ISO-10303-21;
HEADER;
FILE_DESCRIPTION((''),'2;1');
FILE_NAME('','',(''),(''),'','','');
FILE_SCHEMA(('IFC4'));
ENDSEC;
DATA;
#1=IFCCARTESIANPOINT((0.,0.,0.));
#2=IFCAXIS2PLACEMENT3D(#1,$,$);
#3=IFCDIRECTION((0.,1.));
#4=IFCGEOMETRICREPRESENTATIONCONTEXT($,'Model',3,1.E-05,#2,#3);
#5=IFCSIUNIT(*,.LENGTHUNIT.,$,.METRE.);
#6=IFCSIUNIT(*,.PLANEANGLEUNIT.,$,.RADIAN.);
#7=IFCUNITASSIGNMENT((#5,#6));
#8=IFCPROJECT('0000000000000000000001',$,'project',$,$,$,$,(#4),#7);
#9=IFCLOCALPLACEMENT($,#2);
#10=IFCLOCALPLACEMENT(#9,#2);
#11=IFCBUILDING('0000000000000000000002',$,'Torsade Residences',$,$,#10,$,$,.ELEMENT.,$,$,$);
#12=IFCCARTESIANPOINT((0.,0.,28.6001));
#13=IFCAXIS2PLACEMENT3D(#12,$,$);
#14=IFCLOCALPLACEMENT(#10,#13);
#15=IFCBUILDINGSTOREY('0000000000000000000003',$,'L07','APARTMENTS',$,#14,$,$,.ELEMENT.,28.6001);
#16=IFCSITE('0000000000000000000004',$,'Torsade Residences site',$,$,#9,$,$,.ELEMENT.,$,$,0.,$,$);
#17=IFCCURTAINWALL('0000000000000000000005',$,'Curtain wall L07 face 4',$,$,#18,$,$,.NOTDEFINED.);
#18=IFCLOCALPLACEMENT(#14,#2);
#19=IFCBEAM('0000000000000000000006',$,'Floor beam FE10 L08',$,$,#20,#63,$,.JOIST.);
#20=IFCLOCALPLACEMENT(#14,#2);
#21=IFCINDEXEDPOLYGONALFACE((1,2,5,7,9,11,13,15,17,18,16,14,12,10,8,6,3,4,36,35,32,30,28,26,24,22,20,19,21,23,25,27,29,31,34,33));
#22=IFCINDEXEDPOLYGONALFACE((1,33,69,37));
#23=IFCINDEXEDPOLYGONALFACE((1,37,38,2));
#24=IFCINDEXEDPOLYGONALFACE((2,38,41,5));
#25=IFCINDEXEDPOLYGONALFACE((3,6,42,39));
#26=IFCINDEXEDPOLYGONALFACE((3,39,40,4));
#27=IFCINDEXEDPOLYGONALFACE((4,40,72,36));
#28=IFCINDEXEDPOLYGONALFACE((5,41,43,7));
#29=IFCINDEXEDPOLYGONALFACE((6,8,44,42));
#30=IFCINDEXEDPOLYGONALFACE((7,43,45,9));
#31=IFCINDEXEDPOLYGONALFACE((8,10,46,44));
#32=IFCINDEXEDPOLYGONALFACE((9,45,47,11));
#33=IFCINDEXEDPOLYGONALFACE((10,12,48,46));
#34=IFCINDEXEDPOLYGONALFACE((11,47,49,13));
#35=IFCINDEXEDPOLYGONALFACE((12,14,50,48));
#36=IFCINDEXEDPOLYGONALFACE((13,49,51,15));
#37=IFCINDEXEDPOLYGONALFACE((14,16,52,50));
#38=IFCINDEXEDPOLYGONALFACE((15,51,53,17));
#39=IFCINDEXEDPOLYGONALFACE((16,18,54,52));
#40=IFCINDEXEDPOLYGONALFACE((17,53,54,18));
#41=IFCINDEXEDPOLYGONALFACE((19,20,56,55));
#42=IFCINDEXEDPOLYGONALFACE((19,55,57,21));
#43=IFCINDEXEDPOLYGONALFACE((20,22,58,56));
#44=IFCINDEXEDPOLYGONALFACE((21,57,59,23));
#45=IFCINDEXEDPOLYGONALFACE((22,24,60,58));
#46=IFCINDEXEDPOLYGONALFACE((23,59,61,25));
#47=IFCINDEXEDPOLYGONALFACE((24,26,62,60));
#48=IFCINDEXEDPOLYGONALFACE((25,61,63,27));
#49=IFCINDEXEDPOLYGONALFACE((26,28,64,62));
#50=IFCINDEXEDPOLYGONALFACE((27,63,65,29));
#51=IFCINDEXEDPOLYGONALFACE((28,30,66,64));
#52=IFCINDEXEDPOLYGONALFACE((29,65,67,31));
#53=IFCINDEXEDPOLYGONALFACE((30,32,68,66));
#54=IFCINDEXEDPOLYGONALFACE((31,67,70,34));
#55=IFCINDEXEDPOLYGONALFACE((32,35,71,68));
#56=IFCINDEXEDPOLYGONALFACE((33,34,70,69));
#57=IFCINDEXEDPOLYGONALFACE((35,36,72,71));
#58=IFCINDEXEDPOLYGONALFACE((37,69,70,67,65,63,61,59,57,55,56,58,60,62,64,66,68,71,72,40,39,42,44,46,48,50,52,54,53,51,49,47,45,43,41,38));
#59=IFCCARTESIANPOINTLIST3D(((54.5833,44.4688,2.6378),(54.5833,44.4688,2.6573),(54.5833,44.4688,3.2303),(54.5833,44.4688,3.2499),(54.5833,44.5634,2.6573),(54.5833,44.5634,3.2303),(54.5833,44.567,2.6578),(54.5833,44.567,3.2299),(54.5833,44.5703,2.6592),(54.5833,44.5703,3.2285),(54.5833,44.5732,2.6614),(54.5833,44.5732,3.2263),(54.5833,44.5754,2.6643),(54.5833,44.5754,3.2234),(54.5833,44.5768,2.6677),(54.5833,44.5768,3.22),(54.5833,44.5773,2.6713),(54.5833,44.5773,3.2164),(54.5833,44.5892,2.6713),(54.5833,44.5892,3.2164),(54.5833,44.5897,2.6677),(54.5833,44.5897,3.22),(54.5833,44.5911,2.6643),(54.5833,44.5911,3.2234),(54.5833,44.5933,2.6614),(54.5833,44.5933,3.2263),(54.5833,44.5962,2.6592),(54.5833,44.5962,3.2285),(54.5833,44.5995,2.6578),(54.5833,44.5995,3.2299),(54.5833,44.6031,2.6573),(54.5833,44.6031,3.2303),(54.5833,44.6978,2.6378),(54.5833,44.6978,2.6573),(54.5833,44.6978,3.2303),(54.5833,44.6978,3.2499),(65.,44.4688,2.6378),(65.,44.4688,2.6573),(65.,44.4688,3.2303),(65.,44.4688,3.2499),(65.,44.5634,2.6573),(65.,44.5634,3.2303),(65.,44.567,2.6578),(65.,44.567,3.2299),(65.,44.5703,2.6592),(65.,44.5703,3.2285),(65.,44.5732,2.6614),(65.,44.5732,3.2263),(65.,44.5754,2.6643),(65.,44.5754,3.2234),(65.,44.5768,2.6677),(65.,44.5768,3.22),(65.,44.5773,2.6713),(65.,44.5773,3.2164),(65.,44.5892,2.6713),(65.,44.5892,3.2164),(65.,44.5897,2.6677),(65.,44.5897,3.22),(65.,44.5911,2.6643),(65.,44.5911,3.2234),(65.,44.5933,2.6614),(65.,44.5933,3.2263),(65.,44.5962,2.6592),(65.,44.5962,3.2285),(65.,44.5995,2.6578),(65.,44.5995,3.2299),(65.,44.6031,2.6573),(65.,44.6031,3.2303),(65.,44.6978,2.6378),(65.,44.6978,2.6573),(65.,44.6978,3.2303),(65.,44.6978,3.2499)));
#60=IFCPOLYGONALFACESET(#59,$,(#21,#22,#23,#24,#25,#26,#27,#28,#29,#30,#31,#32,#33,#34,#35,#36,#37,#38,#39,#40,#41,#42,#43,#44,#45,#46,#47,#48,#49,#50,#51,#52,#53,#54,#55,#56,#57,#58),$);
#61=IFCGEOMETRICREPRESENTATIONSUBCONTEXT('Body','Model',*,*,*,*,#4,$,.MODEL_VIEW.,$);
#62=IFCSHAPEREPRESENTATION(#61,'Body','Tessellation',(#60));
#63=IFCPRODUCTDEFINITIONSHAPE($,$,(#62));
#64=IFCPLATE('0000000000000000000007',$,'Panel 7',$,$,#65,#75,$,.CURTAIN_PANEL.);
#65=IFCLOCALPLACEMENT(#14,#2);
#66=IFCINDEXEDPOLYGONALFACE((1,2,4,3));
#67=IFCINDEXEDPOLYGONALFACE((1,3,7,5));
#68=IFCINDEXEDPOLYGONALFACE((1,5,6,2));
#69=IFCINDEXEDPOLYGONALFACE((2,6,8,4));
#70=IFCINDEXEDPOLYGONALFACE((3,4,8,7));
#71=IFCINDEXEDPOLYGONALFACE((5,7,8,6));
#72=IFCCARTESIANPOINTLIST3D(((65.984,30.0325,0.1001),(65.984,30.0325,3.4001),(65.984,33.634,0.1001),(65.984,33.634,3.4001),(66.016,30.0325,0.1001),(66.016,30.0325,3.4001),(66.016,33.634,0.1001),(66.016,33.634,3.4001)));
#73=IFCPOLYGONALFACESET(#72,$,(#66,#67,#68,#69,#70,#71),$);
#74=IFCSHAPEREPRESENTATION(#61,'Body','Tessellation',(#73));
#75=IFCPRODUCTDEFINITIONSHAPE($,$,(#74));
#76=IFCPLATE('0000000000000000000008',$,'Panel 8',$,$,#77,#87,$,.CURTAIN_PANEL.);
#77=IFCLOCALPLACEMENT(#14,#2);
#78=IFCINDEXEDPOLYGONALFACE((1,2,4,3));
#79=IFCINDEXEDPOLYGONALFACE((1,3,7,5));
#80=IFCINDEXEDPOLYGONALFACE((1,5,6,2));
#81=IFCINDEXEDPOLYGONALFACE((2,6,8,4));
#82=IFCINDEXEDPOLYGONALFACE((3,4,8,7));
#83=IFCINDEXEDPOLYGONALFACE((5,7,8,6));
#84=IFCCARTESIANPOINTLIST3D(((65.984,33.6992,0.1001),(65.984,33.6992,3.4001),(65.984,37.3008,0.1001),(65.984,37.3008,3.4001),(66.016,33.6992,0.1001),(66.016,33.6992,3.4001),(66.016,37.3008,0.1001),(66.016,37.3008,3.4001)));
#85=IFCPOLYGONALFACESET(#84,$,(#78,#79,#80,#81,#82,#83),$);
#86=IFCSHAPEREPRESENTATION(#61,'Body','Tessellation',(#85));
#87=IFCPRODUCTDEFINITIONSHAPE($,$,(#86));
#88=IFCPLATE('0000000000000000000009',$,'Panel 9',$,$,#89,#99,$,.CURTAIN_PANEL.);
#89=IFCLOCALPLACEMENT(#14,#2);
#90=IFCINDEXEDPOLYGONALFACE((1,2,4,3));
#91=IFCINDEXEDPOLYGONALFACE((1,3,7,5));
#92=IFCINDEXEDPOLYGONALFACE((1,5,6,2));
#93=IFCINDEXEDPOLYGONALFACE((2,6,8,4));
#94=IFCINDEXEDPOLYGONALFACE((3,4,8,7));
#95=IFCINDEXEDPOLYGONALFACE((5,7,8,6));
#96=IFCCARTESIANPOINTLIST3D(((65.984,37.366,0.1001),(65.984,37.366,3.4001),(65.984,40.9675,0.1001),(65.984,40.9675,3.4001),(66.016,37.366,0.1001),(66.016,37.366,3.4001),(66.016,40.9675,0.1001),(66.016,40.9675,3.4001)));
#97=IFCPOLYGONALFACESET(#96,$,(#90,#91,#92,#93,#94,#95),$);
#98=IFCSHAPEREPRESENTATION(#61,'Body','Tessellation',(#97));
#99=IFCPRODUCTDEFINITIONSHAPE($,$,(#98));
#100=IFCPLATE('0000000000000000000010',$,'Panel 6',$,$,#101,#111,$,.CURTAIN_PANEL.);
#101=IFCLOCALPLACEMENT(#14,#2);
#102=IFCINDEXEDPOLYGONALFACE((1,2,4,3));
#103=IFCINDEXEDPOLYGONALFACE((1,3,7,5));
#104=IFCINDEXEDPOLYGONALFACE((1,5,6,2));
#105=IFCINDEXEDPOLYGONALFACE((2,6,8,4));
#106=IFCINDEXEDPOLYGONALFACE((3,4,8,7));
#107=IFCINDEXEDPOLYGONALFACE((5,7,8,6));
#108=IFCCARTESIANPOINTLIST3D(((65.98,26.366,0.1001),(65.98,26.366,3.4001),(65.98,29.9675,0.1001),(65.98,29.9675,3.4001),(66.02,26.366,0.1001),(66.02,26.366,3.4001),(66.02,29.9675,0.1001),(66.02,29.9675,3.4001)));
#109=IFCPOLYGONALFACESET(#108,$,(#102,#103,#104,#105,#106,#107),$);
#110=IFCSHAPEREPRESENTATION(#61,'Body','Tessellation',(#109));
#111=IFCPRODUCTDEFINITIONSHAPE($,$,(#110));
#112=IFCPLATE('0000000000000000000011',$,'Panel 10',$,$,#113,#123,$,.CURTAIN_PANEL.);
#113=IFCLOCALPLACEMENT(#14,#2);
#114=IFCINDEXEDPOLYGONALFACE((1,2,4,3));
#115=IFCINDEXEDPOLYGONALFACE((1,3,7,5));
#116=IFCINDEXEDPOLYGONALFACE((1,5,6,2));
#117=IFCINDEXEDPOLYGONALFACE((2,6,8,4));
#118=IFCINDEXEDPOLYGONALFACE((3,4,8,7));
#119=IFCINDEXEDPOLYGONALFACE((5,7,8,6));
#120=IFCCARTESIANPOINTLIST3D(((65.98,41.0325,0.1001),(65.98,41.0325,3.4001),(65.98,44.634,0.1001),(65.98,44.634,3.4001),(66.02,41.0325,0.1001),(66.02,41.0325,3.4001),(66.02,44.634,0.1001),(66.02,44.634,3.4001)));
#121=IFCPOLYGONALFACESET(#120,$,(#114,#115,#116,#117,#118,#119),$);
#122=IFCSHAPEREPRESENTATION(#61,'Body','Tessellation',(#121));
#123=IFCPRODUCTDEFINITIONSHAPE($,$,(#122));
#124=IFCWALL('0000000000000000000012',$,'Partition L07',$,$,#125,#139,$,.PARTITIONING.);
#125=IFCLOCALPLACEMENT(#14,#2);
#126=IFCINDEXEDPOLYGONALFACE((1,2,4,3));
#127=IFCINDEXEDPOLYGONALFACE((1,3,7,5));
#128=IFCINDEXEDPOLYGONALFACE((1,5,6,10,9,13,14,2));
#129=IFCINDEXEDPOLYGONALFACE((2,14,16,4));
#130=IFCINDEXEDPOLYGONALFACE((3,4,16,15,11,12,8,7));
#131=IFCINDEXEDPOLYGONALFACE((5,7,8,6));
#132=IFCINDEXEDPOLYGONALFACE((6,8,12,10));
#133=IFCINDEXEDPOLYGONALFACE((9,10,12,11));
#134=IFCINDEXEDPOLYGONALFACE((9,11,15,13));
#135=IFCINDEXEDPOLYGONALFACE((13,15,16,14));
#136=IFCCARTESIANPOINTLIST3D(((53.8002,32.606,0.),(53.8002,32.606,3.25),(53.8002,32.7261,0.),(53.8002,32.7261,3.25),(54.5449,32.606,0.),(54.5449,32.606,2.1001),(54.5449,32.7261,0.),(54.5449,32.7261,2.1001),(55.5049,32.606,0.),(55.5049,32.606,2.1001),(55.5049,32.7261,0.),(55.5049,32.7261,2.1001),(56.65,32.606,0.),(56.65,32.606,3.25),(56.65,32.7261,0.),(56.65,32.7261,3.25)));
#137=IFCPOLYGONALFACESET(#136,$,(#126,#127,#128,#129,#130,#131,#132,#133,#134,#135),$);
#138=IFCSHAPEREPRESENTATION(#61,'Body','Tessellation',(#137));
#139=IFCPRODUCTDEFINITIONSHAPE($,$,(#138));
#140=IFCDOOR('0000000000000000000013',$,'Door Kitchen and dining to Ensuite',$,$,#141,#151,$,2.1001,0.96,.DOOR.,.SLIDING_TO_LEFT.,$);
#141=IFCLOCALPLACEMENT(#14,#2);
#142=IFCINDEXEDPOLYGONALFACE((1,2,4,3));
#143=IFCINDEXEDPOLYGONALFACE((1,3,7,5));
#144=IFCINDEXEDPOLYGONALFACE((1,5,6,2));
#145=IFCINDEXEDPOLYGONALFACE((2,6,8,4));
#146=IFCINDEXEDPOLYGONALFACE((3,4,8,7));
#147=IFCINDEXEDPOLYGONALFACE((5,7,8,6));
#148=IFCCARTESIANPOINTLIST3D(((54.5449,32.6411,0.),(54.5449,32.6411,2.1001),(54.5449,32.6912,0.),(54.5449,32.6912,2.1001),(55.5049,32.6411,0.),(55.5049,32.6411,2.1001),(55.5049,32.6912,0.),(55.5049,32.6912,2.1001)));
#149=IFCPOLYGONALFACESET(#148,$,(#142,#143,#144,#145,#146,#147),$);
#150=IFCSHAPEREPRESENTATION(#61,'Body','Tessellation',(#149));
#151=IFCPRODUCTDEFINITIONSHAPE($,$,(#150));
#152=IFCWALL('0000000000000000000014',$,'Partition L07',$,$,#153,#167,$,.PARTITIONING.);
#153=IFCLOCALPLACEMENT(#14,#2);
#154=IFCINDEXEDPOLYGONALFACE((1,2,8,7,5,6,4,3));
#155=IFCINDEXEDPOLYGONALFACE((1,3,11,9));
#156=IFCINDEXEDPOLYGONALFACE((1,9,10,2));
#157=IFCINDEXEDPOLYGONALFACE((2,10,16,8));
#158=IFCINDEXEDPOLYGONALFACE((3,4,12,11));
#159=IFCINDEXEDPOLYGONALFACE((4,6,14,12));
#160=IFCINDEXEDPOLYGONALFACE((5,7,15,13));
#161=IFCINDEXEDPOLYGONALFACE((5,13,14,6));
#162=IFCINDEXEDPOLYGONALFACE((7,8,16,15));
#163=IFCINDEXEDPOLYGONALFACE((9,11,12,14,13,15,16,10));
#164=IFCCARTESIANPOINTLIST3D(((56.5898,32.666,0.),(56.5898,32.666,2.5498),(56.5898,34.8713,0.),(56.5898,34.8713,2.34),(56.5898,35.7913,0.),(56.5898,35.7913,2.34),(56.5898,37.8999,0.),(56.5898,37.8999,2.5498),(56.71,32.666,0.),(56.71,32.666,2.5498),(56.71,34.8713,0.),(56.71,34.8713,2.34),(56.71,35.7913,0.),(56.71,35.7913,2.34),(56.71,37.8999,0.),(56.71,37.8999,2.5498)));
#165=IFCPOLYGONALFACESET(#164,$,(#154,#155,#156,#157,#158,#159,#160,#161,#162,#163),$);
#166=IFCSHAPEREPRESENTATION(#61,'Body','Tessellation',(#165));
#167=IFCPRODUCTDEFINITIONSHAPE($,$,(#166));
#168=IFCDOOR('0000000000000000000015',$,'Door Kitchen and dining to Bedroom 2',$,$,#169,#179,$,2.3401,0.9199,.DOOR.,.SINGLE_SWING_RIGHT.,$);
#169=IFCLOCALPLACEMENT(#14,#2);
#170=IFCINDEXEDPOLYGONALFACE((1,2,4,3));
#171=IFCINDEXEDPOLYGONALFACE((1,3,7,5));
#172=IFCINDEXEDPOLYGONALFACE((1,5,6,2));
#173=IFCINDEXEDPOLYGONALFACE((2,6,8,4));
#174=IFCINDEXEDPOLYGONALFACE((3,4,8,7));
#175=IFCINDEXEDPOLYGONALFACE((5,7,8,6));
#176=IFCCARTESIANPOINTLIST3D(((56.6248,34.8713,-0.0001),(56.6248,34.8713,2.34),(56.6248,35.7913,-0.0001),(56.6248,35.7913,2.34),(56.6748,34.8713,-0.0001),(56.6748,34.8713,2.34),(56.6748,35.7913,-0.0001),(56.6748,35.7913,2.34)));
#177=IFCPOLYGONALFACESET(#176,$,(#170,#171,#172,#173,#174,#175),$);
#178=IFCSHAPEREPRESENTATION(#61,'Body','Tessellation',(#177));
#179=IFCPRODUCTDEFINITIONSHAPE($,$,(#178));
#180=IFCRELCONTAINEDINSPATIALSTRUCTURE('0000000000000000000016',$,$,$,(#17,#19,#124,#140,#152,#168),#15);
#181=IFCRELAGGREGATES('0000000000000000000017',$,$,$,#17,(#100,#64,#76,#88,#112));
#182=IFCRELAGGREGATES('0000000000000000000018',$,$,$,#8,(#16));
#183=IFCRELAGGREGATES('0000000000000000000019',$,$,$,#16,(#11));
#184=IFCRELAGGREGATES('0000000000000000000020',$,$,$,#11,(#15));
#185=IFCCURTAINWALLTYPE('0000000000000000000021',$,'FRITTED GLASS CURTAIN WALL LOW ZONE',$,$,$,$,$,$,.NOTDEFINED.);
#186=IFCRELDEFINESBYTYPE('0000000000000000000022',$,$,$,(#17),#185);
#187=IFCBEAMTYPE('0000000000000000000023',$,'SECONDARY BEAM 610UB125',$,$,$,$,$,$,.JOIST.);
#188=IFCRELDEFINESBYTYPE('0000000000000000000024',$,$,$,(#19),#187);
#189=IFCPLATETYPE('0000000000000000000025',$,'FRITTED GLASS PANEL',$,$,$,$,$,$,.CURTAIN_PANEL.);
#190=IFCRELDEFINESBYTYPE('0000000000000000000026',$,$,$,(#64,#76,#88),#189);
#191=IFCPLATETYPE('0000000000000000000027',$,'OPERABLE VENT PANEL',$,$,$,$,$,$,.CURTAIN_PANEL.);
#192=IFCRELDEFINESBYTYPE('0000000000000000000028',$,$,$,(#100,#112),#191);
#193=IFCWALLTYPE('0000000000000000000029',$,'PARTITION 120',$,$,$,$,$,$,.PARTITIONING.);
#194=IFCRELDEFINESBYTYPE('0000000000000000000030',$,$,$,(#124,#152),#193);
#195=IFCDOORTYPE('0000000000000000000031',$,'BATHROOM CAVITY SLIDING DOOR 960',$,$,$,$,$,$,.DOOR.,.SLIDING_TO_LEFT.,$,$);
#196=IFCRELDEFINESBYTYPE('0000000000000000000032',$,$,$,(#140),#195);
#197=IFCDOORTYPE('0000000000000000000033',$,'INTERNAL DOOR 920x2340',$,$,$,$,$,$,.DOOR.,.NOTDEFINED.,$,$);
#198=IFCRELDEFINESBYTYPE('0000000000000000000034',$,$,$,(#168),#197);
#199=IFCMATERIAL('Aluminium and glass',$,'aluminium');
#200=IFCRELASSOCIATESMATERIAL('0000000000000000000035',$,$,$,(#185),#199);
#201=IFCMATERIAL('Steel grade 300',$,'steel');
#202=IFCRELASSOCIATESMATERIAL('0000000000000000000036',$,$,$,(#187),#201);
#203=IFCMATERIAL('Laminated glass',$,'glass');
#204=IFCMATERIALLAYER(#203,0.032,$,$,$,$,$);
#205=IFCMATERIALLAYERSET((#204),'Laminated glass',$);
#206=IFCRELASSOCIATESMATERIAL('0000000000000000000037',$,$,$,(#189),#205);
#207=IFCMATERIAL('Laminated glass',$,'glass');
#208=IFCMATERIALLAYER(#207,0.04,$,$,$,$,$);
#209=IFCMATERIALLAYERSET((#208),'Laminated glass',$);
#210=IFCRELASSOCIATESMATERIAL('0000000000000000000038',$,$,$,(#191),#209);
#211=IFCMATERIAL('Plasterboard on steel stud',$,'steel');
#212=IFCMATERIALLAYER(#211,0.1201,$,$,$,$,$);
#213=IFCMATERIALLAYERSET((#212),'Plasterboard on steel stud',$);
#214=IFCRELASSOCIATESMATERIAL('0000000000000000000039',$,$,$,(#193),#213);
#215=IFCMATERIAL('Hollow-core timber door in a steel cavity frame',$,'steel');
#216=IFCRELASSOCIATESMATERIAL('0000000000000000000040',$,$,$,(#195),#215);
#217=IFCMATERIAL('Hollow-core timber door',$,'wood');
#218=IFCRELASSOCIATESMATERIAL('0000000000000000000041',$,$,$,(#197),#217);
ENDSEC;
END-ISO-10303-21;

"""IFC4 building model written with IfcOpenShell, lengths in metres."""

from ifc_helpers import new_model, si_unit, direction, frame, frame_2d, origin, origin_2d, place, context, subcontext, project, spatial, rectangle, i_section, extrude, material, layer, layer_set, material_profile, profile_set, type_object, element, fill, aggregate, save


model = new_model("IFC4")

# Units and contexts
model_context = context("Model", 3, precision=1e-05, world=origin(), true_north=direction((0.0, 1.0)))
body_context = subcontext(model_context, "Body", "Model", "MODEL_VIEW")
ifc_project = project(units=[si_unit("LENGTHUNIT", "METRE"), si_unit("PLANEANGLEUNIT", "RADIAN")], contexts=[model_context])

# Site, building, storey
site_placement = place(None, origin())
site = spatial("IfcSite", under=ifc_project, at=site_placement, Name="Torsade Residences site", CompositionType="ELEMENT", RefElevation=0.0)
building_placement = place(site_placement, origin())
building = spatial("IfcBuilding", under=site, at=building_placement, Name="Torsade Residences", CompositionType="ELEMENT")
storey_placement = place(building_placement, frame((0.0, 0.0, 28.6001)))
storey = spatial("IfcBuildingStorey", under=building, at=storey_placement, Name="L07", Description="APARTMENTS", CompositionType="ELEMENT", Elevation=28.6001)

# Curtain wall
ifc_material_1 = material(Name="Aluminium and glass", Category="aluminium")
curtain_wall_type = type_object("IfcCurtainWallType", Name="FRITTED GLASS CURTAIN WALL LOW ZONE", PredefinedType="NOTDEFINED", material=ifc_material_1)
curtain_wall_placement = place(storey_placement, origin())
curtain_wall = element("IfcCurtainWall", 1, at=curtain_wall_placement, inside=storey, type_object=curtain_wall_type, Name="Curtain wall L07 face 4", PredefinedType="NOTDEFINED")

# Beam
ifc_material_2 = material(Name="Steel grade 300", Category="steel")
ifc_material_profile_1 = material_profile(ifc_material_2, i_section(OverallWidth=0.229, OverallDepth=0.6121, WebThickness=0.012, FlangeThickness=0.0195, FilletRadius=0.0139, at=origin_2d()), Name="610UB125")
ifc_profile_set_1 = profile_set([ifc_material_profile_1], Name="Steel grade 300")
beam_type_1 = type_object("IfcBeamType", Name="SECONDARY BEAM 610UB125", PredefinedType="JOIST", material=ifc_profile_set_1)
beam_1_placement = place(storey_placement, frame((65.0, 44.5833, 2.9438), z_axis=(-1.0, 0.0, 0.0), x_axis=(0.0, -1.0, 0.0)))
element("IfcBeam", 2, at=beam_1_placement, inside=storey, type_object=beam_type_1, Name="Floor beam FE10 L08", PredefinedType="JOIST", context=body_context, shape_type="SweptSolid", body=[
    extrude(i_section(OverallWidth=0.229, OverallDepth=0.6121, WebThickness=0.012, FlangeThickness=0.0195, FilletRadius=0.0139, at=origin_2d()), origin(), (0.0, 0.0, 1.0), 10.4167),
])

# Plates
ifc_material_3 = material(Name="Laminated glass", Category="glass")
ifc_layer_1 = layer(ifc_material_3, 0.032)
ifc_layer_set_1 = layer_set([ifc_layer_1], Name="Laminated glass")
plate_type_1 = type_object("IfcPlateType", Name="FRITTED GLASS PANEL", PredefinedType="CURTAIN_PANEL", material=ifc_layer_set_1)
plate_1_placement = place(storey_placement, frame((66.0, 31.8333, 0.1001), z_axis=(0.0, 0.0, 1.0), x_axis=(0.0, 1.0, 0.0)))
plate_1 = element("IfcPlate", 3, at=plate_1_placement, type_object=plate_type_1, Name="Panel 7", PredefinedType="CURTAIN_PANEL", context=body_context, shape_type="SweptSolid", body=[
    extrude(rectangle(XDim=3.6016, YDim=0.032, at=origin_2d()), origin(), (0.0, 0.0, 1.0), 3.3),
])
plate_2_placement = place(storey_placement, frame((66.0, 35.5, 0.1001), z_axis=(0.0, 0.0, 1.0), x_axis=(0.0, 1.0, 0.0)))
plate_2 = element("IfcPlate", 4, at=plate_2_placement, type_object=plate_type_1, Name="Panel 8", PredefinedType="CURTAIN_PANEL", context=body_context, shape_type="SweptSolid", body=[
    extrude(rectangle(XDim=3.6016, YDim=0.032, at=origin_2d()), origin(), (0.0, 0.0, 1.0), 3.3),
])
plate_3_placement = place(storey_placement, frame((66.0, 39.1667, 0.1001), z_axis=(0.0, 0.0, 1.0), x_axis=(0.0, 1.0, 0.0)))
plate_3 = element("IfcPlate", 5, at=plate_3_placement, type_object=plate_type_1, Name="Panel 9", PredefinedType="CURTAIN_PANEL", context=body_context, shape_type="SweptSolid", body=[
    extrude(rectangle(XDim=3.6016, YDim=0.032, at=origin_2d()), origin(), (0.0, 0.0, 1.0), 3.3),
])
ifc_material_4 = material(Name="Laminated glass", Category="glass")
ifc_layer_2 = layer(ifc_material_4, 0.04)
ifc_layer_set_2 = layer_set([ifc_layer_2], Name="Laminated glass")
plate_type_2 = type_object("IfcPlateType", Name="OPERABLE VENT PANEL", PredefinedType="CURTAIN_PANEL", material=ifc_layer_set_2)
plate_4_placement = place(storey_placement, frame((66.0, 28.1667, 0.1001), z_axis=(0.0, 0.0, 1.0), x_axis=(0.0, 1.0, 0.0)))
plate_4 = element("IfcPlate", 6, at=plate_4_placement, type_object=plate_type_2, Name="Panel 6", PredefinedType="CURTAIN_PANEL", context=body_context, shape_type="SweptSolid", body=[
    extrude(rectangle(XDim=3.6016, YDim=0.04, at=origin_2d()), origin(), (0.0, 0.0, 1.0), 3.3),
])
plate_5_placement = place(storey_placement, frame((66.0, 42.8333, 0.1001), z_axis=(0.0, 0.0, 1.0), x_axis=(0.0, 1.0, 0.0)))
plate_5 = element("IfcPlate", 7, at=plate_5_placement, type_object=plate_type_2, Name="Panel 10", PredefinedType="CURTAIN_PANEL", context=body_context, shape_type="SweptSolid", body=[
    extrude(rectangle(XDim=3.6016, YDim=0.04, at=origin_2d()), origin(), (0.0, 0.0, 1.0), 3.3),
])
aggregate(curtain_wall, [plate_4, plate_1, plate_2, plate_3, plate_5])

# Walls, openings, doors
ifc_material_5 = material(Name="Plasterboard on steel stud", Category="steel")
ifc_layer_3 = layer(ifc_material_5, 0.1201)
ifc_layer_set_3 = layer_set([ifc_layer_3], Name="Plasterboard on steel stud")
wall_type_1 = type_object("IfcWallType", Name="PARTITION 120", PredefinedType="PARTITIONING", material=ifc_layer_set_3)
wall_1_placement = place(storey_placement, frame((56.6499, 32.666, 0.0), z_axis=(0.0, 0.0, 1.0), x_axis=(-1.0, 0.0, 0.0)))
wall_1 = element("IfcWall", 8, at=wall_1_placement, inside=storey, type_object=wall_type_1, Name="Partition L07", PredefinedType="PARTITIONING", context=body_context, shape_type="SweptSolid", body=[
    extrude(rectangle(XDim=2.8499, YDim=0.1201, at=frame_2d((1.4248, 0.0))), origin(), (0.0, 0.0, 1.0), 3.25),
])
opening_1_placement = place(wall_1_placement, frame((1.145, 0.0, 0.0)))
opening_1 = element("IfcOpeningElement", 9, at=opening_1_placement, cuts=wall_1, PredefinedType="OPENING", context=body_context, shape_type="SweptSolid", body=[
    extrude(rectangle(XDim=0.96, YDim=2.1001, at=frame_2d((0.48, 1.05))), frame((0.0, 0.0701, 0.0), z_axis=(0.0, -1.0, 0.0), x_axis=(1.0, 0.0, 0.0)), (0.0, 0.0, 1.0), 0.1401),
])
ifc_material_6 = material(Name="Hollow-core timber door in a steel cavity frame", Category="steel")
door_type_1 = type_object("IfcDoorType", Name="BATHROOM CAVITY SLIDING DOOR 960", OperationType="SLIDING_TO_LEFT", PredefinedType="DOOR", material=ifc_material_6)
door_1_placement = place(opening_1_placement, origin())
door_1 = element("IfcDoor", 10, at=door_1_placement, inside=storey, type_object=door_type_1, Name="Door Kitchen and dining to Ensuite", OperationType="SLIDING_TO_LEFT", OverallHeight=2.1001, OverallWidth=0.96, PredefinedType="DOOR", context=body_context, shape_type="SweptSolid", body=[
    extrude(rectangle(XDim=0.96, YDim=2.1001, at=frame_2d((0.48, 1.05))), frame((0.0, 0.0249, 0.0), z_axis=(0.0, -1.0, 0.0), x_axis=(1.0, 0.0, 0.0)), (0.0, 0.0, 1.0), 0.05),
])
fill(opening_1, door_1)
wall_2_placement = place(storey_placement, frame((56.6499, 37.8999, 0.0), z_axis=(0.0, 0.0, 1.0), x_axis=(0.0, -1.0, 0.0)))
wall_2 = element("IfcWall", 11, at=wall_2_placement, inside=storey, type_object=wall_type_1, Name="Partition L07", PredefinedType="PARTITIONING", context=body_context, shape_type="SweptSolid", body=[
    extrude(rectangle(XDim=5.2339, YDim=0.1201, at=frame_2d((2.6169, 0.0))), origin(), (0.0, 0.0, 1.0), 2.5498),
])
opening_2_placement = place(wall_2_placement, frame((2.1086, 0.0, 0.0)))
opening_2 = element("IfcOpeningElement", 12, at=opening_2_placement, cuts=wall_2, PredefinedType="OPENING", context=body_context, shape_type="SweptSolid", body=[
    extrude(rectangle(XDim=0.9199, YDim=2.3401, at=frame_2d((0.46, 1.1699))), frame((0.0, 0.0701, 0.0), z_axis=(0.0, -1.0, 0.0), x_axis=(1.0, 0.0, 0.0)), (0.0, 0.0, 1.0), 0.1401),
])
ifc_material_7 = material(Name="Hollow-core timber door", Category="wood")
door_type_2 = type_object("IfcDoorType", Name="INTERNAL DOOR 920x2340", OperationType="NOTDEFINED", PredefinedType="DOOR", material=ifc_material_7)
door_2_placement = place(opening_2_placement, origin())
door_2 = element("IfcDoor", 13, at=door_2_placement, inside=storey, type_object=door_type_2, Name="Door Kitchen and dining to Bedroom 2", OperationType="SINGLE_SWING_RIGHT", OverallHeight=2.3401, OverallWidth=0.9199, PredefinedType="DOOR", context=body_context, shape_type="SweptSolid", body=[
    extrude(rectangle(XDim=0.9199, YDim=2.3401, at=frame_2d((0.46, 1.1699))), frame((0.0, 0.0249, 0.0), z_axis=(0.0, -1.0, 0.0), x_axis=(1.0, 0.0, 0.0)), (0.0, 0.0, 1.0), 0.05),
])
fill(opening_2, door_2)

save(model, "model.ifc")
